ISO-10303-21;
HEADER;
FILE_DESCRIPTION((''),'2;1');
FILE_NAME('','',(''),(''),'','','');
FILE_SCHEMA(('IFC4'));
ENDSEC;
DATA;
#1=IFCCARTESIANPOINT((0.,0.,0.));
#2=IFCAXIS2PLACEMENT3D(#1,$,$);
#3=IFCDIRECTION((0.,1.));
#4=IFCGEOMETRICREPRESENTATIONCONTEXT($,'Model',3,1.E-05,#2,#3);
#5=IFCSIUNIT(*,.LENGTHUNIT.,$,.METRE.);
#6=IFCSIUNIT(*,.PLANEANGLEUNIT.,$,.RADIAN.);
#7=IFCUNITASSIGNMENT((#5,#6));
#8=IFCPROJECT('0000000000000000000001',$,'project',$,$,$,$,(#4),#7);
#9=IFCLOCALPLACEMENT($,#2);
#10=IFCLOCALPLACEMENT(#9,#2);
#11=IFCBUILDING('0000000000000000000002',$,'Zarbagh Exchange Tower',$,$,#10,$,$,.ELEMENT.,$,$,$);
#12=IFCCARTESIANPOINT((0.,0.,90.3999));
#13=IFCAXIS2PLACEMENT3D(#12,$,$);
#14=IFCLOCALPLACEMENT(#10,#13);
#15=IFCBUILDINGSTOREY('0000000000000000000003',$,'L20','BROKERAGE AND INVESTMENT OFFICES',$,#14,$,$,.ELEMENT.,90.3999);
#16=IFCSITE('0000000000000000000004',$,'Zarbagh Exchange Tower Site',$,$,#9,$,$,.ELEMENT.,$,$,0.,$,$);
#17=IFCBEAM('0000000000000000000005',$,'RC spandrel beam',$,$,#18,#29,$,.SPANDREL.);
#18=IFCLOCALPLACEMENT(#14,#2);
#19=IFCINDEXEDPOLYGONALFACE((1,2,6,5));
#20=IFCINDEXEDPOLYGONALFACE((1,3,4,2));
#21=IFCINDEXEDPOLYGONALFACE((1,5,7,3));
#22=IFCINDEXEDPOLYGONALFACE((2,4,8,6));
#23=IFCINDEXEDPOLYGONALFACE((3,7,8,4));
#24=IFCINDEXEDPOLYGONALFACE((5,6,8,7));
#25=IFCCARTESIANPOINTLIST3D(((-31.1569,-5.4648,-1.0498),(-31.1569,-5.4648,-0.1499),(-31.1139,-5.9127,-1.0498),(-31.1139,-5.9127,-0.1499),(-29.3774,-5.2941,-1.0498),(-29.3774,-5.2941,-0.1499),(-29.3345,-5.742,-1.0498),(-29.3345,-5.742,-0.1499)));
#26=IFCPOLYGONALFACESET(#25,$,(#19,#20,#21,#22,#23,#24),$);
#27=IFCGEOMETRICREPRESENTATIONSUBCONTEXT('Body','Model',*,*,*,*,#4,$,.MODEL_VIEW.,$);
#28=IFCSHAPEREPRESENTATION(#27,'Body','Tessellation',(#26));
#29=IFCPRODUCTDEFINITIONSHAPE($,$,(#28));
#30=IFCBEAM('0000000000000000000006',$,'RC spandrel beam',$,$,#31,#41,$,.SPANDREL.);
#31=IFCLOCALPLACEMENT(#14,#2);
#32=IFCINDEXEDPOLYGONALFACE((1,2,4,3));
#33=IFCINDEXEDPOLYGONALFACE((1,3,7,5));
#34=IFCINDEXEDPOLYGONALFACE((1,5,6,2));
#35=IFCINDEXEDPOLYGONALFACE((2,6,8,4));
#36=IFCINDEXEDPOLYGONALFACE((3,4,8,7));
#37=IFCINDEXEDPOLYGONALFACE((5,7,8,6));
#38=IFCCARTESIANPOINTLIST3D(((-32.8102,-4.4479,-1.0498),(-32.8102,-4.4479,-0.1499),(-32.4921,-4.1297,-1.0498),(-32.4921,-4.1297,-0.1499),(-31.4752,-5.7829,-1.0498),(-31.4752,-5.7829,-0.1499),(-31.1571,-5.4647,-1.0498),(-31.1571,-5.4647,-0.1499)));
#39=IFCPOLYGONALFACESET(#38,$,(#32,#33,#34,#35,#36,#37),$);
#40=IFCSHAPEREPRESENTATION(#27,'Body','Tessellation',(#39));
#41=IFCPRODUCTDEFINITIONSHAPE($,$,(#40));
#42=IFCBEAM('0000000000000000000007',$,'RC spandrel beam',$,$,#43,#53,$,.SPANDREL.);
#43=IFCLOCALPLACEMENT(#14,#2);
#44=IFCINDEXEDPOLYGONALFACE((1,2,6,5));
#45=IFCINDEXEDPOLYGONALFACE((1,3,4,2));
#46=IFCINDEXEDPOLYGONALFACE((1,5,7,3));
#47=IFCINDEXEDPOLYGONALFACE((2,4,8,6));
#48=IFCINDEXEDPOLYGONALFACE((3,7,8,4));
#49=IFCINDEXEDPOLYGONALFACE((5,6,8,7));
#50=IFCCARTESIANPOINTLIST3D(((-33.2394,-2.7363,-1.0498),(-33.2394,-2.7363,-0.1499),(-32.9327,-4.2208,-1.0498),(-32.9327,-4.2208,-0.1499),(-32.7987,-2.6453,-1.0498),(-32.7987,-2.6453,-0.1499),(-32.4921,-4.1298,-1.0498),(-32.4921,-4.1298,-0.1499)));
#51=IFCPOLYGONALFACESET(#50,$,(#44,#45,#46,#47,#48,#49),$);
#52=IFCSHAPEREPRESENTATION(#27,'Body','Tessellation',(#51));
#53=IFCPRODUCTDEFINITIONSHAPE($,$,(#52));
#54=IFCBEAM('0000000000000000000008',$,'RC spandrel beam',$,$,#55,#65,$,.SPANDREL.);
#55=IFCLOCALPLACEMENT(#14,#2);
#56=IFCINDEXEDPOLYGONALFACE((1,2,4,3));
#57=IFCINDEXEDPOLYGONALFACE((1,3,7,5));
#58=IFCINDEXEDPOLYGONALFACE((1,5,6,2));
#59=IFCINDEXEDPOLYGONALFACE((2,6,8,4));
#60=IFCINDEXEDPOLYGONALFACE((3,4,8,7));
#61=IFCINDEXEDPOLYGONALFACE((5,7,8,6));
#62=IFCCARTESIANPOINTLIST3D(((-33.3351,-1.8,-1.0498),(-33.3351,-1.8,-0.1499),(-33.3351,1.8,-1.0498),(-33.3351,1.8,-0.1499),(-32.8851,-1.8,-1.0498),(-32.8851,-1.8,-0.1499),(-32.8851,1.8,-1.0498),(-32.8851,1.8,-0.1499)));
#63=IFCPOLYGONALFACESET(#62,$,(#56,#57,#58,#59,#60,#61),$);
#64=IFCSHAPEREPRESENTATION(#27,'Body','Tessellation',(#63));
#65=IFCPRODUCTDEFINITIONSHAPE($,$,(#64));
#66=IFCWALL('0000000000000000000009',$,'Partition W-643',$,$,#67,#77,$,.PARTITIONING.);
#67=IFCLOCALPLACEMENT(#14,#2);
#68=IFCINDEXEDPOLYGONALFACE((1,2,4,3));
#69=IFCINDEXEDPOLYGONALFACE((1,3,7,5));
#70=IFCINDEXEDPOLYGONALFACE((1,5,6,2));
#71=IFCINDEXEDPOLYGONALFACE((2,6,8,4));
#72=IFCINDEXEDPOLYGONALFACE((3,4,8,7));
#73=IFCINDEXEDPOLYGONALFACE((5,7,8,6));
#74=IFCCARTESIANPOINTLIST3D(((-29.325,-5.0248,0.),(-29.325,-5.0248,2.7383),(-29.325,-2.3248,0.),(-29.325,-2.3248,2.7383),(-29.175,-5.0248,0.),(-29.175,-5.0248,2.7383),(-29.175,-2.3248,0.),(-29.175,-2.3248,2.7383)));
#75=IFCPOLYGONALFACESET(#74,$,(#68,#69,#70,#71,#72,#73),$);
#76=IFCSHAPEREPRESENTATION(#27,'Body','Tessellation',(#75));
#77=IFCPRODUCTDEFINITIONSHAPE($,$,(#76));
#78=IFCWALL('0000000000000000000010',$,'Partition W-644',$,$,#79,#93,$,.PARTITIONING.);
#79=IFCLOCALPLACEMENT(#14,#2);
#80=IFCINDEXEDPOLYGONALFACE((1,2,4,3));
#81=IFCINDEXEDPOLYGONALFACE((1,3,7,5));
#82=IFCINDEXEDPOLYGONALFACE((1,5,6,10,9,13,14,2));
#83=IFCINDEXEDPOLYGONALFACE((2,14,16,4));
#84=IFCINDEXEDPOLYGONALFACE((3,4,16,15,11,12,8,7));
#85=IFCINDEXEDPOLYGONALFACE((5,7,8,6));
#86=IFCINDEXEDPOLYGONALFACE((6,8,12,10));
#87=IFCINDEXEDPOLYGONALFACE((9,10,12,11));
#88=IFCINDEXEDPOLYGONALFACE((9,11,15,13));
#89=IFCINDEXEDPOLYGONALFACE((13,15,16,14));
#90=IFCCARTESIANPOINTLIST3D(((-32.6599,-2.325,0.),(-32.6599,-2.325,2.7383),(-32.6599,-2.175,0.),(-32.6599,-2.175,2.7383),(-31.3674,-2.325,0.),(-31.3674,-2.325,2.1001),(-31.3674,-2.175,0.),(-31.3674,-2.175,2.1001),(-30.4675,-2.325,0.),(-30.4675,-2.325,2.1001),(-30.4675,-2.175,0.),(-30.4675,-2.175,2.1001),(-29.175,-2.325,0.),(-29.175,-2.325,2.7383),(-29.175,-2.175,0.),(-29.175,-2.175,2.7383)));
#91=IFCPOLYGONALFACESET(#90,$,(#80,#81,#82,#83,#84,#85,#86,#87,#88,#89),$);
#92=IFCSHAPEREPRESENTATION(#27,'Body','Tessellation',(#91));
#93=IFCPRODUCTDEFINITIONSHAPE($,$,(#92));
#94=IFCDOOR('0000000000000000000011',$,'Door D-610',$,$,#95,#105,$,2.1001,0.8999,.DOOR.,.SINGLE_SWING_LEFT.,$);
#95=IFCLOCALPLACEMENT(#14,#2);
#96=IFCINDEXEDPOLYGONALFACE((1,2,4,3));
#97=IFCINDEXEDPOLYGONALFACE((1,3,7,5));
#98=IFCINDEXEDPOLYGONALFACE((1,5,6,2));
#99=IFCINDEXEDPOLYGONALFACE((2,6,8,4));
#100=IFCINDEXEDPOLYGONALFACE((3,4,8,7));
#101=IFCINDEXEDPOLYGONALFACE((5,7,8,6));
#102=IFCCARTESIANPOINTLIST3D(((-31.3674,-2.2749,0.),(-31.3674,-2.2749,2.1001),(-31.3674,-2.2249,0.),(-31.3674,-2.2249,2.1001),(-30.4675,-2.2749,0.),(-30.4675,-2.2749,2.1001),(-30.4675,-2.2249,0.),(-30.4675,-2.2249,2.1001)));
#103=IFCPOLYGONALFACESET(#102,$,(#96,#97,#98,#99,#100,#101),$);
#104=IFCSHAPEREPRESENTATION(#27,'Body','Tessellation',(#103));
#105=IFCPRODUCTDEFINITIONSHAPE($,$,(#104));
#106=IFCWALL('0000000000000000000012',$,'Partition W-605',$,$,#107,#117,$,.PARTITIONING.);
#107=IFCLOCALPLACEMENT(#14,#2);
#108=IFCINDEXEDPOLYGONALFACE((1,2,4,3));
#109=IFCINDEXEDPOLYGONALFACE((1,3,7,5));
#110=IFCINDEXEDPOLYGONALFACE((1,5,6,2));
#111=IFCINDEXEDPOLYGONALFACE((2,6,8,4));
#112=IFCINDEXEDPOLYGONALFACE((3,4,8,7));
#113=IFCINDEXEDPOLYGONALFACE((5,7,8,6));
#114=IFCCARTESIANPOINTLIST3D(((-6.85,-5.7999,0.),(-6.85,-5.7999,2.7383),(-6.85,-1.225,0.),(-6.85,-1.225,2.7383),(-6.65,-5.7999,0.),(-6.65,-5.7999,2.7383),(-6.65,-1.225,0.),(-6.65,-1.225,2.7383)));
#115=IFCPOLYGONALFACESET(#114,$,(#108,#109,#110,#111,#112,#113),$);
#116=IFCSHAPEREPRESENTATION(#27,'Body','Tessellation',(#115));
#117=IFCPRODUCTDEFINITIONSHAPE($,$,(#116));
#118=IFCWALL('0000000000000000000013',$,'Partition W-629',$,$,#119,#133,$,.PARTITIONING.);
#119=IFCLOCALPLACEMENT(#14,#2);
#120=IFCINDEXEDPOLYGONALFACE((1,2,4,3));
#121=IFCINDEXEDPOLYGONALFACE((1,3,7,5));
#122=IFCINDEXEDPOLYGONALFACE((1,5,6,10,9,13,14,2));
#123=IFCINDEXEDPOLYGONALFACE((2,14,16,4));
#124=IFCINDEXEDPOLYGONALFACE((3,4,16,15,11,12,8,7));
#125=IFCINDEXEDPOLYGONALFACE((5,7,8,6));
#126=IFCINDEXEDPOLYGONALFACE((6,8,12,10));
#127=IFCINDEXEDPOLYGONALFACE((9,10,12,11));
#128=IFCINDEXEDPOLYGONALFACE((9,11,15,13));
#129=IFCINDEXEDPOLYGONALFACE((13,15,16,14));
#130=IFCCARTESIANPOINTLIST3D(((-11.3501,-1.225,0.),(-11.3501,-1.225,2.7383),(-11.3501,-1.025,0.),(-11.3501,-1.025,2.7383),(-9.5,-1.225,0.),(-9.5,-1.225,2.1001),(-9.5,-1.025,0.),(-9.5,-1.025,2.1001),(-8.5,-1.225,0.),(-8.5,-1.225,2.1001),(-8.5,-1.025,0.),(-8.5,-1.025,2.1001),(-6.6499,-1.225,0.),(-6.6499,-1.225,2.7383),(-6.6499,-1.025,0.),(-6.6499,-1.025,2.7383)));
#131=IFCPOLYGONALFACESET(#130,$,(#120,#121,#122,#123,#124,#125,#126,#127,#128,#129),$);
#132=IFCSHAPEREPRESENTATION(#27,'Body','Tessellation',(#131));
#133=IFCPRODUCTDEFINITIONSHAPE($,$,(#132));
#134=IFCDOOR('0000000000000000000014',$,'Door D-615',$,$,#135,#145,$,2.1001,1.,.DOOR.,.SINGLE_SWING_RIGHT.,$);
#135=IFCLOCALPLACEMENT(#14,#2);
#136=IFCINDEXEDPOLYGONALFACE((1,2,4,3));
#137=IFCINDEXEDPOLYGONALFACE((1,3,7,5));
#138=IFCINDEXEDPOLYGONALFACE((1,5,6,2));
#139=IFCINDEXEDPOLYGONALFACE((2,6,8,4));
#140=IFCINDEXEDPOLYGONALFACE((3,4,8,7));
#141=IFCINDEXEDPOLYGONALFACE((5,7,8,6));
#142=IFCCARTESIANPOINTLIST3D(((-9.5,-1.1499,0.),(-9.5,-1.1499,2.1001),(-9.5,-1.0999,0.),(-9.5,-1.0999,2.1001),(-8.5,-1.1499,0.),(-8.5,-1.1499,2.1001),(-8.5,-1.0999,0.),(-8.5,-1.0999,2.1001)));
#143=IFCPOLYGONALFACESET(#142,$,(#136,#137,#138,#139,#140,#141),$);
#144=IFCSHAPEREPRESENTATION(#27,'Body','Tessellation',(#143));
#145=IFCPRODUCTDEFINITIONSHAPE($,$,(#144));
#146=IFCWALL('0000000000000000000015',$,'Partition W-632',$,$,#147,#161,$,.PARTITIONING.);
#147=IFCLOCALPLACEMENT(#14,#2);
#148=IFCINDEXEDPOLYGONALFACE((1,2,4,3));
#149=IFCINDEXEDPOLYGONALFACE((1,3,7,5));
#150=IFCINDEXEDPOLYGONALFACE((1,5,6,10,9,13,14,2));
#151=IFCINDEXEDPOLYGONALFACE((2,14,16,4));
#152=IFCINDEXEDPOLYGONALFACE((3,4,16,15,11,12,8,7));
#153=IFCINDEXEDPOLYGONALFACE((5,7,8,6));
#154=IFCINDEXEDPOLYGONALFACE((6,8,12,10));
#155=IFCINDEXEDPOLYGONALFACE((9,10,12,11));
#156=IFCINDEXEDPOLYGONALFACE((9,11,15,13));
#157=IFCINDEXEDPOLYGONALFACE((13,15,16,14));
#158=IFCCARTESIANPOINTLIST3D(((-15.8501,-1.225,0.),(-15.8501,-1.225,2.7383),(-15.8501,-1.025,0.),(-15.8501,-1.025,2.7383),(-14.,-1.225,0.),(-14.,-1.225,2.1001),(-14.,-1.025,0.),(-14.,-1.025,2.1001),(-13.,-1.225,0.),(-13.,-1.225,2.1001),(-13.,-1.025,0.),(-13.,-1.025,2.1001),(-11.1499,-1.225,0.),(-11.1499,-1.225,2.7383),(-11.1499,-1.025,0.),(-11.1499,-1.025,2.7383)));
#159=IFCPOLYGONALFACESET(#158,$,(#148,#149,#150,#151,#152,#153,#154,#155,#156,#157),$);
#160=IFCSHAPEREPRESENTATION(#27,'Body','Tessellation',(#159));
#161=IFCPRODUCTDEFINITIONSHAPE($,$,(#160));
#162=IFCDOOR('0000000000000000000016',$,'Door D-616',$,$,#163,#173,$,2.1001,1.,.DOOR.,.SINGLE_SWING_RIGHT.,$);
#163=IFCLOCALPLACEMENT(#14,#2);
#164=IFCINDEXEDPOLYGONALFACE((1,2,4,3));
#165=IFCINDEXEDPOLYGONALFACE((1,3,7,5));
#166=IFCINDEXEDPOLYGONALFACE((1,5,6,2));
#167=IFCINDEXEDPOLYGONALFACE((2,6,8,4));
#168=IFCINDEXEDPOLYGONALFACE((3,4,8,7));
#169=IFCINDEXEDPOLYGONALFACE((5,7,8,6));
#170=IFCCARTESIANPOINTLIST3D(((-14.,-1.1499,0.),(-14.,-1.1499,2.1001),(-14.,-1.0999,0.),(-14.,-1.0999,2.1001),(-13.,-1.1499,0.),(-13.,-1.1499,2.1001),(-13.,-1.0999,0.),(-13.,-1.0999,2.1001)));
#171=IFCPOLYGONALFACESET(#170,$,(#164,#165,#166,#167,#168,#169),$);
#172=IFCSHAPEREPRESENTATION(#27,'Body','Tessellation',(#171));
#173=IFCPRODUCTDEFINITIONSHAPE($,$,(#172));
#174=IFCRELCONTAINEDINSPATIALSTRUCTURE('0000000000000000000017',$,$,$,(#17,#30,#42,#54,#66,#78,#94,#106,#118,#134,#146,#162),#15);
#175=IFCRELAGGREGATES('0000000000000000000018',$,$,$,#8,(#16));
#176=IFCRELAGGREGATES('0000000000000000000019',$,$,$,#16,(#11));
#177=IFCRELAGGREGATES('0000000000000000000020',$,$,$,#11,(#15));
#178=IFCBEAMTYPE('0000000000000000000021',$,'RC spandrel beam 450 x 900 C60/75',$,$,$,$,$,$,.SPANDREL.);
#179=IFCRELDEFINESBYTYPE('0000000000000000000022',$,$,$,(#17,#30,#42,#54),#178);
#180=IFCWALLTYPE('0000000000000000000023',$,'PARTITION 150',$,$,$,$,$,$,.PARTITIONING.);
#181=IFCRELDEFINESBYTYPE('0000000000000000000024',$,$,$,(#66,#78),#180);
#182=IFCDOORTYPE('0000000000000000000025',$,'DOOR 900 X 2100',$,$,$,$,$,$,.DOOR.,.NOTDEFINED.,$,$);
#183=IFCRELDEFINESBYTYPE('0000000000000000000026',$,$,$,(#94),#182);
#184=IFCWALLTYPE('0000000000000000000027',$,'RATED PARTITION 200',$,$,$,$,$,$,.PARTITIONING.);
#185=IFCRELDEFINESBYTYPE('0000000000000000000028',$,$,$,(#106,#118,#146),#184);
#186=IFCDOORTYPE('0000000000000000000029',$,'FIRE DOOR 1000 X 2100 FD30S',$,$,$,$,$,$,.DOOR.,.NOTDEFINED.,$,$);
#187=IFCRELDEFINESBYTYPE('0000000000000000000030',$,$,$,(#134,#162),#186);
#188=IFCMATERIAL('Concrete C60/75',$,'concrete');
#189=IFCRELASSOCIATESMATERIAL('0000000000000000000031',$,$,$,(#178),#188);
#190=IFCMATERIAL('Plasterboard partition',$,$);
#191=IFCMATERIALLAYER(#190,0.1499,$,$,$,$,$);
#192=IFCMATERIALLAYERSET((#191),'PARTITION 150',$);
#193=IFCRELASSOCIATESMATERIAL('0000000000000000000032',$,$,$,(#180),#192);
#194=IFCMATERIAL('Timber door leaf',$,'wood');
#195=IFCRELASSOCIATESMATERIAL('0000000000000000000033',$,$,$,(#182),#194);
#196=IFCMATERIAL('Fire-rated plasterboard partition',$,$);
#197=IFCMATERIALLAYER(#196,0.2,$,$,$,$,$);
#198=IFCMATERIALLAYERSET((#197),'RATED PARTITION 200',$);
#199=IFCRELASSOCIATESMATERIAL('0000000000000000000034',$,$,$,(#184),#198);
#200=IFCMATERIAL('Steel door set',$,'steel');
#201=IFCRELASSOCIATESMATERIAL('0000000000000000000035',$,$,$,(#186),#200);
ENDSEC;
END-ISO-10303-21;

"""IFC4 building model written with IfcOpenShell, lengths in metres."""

from ifc_helpers import new_model, si_unit, direction, frame, frame_2d, origin, origin_2d, place, context, subcontext, project, spatial, rectangle, extrude, material, layer, layer_set, material_profile, profile_set, type_object, element, fill, save


model = new_model("IFC4")

# Units and contexts
model_context = context("Model", 3, precision=1e-05, world=origin(), true_north=direction((0.0, 1.0)))
body_context = subcontext(model_context, "Body", "Model", "MODEL_VIEW")
ifc_project = project(units=[si_unit("LENGTHUNIT", "METRE"), si_unit("PLANEANGLEUNIT", "RADIAN")], contexts=[model_context])

# Site, building, storey
site_placement = place(None, origin())
site = spatial("IfcSite", under=ifc_project, at=site_placement, Name="Zarbagh Exchange Tower Site", CompositionType="ELEMENT", RefElevation=0.0)
building_placement = place(site_placement, origin())
building = spatial("IfcBuilding", under=site, at=building_placement, Name="Zarbagh Exchange Tower", CompositionType="ELEMENT")
storey_placement = place(building_placement, frame((0.0, 0.0, 90.3999)))
storey = spatial("IfcBuildingStorey", under=building, at=storey_placement, Name="L20", Description="BROKERAGE AND INVESTMENT OFFICES", CompositionType="ELEMENT", Elevation=90.3999)

# Shared definitions
ifc_material_1 = material(Name="Concrete C60/75", Category="concrete")

# Beams
ifc_material_profile_1 = material_profile(ifc_material_1, rectangle(XDim=0.45, YDim=0.8999, at=origin_2d()), Name="RC spandrel beam 450 x 900 C60/75")
ifc_profile_set_1 = profile_set([ifc_material_profile_1], Name="Concrete C60/75")
beam_type_1 = type_object("IfcBeamType", Name="RC spandrel beam 450 x 900 C60/75", PredefinedType="SPANDREL", material=ifc_profile_set_1)
beam_1_placement = place(storey_placement, frame((-29.356, -5.5181, -0.5999), z_axis=(-0.995433, -0.09546, 0.0), x_axis=(0.09546, -0.995433, 0.0)))
element("IfcBeam", 1, at=beam_1_placement, inside=storey, type_object=beam_type_1, Name="RC spandrel beam", PredefinedType="SPANDREL", context=body_context, shape_type="SweptSolid", body=[
    extrude(rectangle(XDim=0.45, YDim=0.8999, at=origin_2d()), origin(), (0.0, 0.0, 1.0), 1.7876),
])
beam_2_placement = place(storey_placement, frame((-31.3162, -5.6238, -0.5999), z_axis=(-0.707107, 0.707107, 0.0), x_axis=(-0.707107, -0.707107, 0.0)))
element("IfcBeam", 2, at=beam_2_placement, inside=storey, type_object=beam_type_1, Name="RC spandrel beam", PredefinedType="SPANDREL", context=body_context, shape_type="SweptSolid", body=[
    extrude(rectangle(XDim=0.45, YDim=0.8999, at=origin_2d()), origin(), (0.0, 0.0, 1.0), 1.8879),
])
beam_3_placement = place(storey_placement, frame((-32.7124, -4.1753, -0.5999), z_axis=(-0.202275, 0.979329, 0.0), x_axis=(-0.979329, -0.202275, 0.0)))
element("IfcBeam", 3, at=beam_3_placement, inside=storey, type_object=beam_type_1, Name="RC spandrel beam", PredefinedType="SPANDREL", context=body_context, shape_type="SweptSolid", body=[
    extrude(rectangle(XDim=0.45, YDim=0.8999, at=origin_2d()), origin(), (0.0, 0.0, 1.0), 1.5159),
])
beam_4_placement = place(storey_placement, frame((-33.1101, -1.8, -0.5999), z_axis=(0.0, 1.0, 0.0), x_axis=(-1.0, 0.0, 0.0)))
element("IfcBeam", 4, at=beam_4_placement, inside=storey, type_object=beam_type_1, Name="RC spandrel beam", PredefinedType="SPANDREL", context=body_context, shape_type="SweptSolid", body=[
    extrude(rectangle(XDim=0.45, YDim=0.8999, at=origin_2d()), origin(), (0.0, 0.0, 1.0), 3.6001),
])

# Wall
ifc_material_2 = material(Name="Plasterboard partition")
ifc_layer_1 = layer(ifc_material_2, 0.1499)
ifc_layer_set_1 = layer_set([ifc_layer_1], Name="PARTITION 150")
wall_type_1 = type_object("IfcWallType", Name="PARTITION 150", PredefinedType="PARTITIONING", material=ifc_layer_set_1)
wall_1_placement = place(storey_placement, frame((-29.25, -5.0249, 0.0), z_axis=(0.0, 0.0, 1.0), x_axis=(0.0, 1.0, 0.0)))
element("IfcWall", 5, at=wall_1_placement, inside=storey, type_object=wall_type_1, Name="Partition W-643", PredefinedType="PARTITIONING", context=body_context, shape_type="SweptSolid", body=[
    extrude(rectangle(XDim=2.7, YDim=0.1499, at=frame_2d((1.3501, 0.0))), origin(), (0.0, 0.0, 1.0), 2.7383),
])

# Wall, opening, door
wall_2_placement = place(storey_placement, frame((-29.175, -2.25, 0.0), z_axis=(0.0, 0.0, 1.0), x_axis=(-1.0, 0.0, 0.0)))
wall_2 = element("IfcWall", 6, at=wall_2_placement, inside=storey, type_object=wall_type_1, Name="Partition W-644", PredefinedType="PARTITIONING", context=body_context, shape_type="SweptSolid", body=[
    extrude(rectangle(XDim=3.4849, YDim=0.1499, at=frame_2d((1.7424, 0.0))), origin(), (0.0, 0.0, 1.0), 2.7383),
])
opening_1_placement = place(wall_2_placement, frame((1.2925, 0.0, 0.0)))
opening_1 = element("IfcOpeningElement", 7, at=opening_1_placement, cuts=wall_2, PredefinedType="OPENING", context=body_context, shape_type="SweptSolid", body=[
    extrude(rectangle(XDim=0.8999, YDim=2.1001, at=frame_2d((0.45, 1.05))), frame((0.0, 0.085, 0.0), z_axis=(0.0, -1.0, 0.0), x_axis=(1.0, 0.0, 0.0)), (0.0, 0.0, 1.0), 0.1699),
])
ifc_material_3 = material(Name="Timber door leaf", Category="wood")
door_type_1 = type_object("IfcDoorType", Name="DOOR 900 X 2100", OperationType="NOTDEFINED", PredefinedType="DOOR", material=ifc_material_3)
door_1_placement = place(opening_1_placement, origin())
door_1 = element("IfcDoor", 8, at=door_1_placement, inside=storey, type_object=door_type_1, Name="Door D-610", OperationType="SINGLE_SWING_LEFT", OverallHeight=2.1001, OverallWidth=0.8999, PredefinedType="DOOR", context=body_context, shape_type="SweptSolid", body=[
    extrude(rectangle(XDim=0.8999, YDim=2.1001, at=frame_2d((0.45, 1.05))), frame((0.0, 0.0249, 0.0), z_axis=(0.0, -1.0, 0.0), x_axis=(1.0, 0.0, 0.0)), (0.0, 0.0, 1.0), 0.05),
])
fill(opening_1, door_1)

# Wall
ifc_material_4 = material(Name="Fire-rated plasterboard partition")
ifc_layer_2 = layer(ifc_material_4, 0.2)
ifc_layer_set_2 = layer_set([ifc_layer_2], Name="RATED PARTITION 200")
wall_type_2 = type_object("IfcWallType", Name="RATED PARTITION 200", PredefinedType="PARTITIONING", material=ifc_layer_set_2)
wall_3_placement = place(storey_placement, frame((-6.75, -5.8, 0.0), z_axis=(0.0, 0.0, 1.0), x_axis=(0.0, 1.0, 0.0)))
element("IfcWall", 9, at=wall_3_placement, inside=storey, type_object=wall_type_2, Name="Partition W-605", PredefinedType="PARTITIONING", context=body_context, shape_type="SweptSolid", body=[
    extrude(rectangle(XDim=4.575, YDim=0.2, at=frame_2d((2.2876, 0.0))), origin(), (0.0, 0.0, 1.0), 2.7383),
])

# Walls, openings, doors
wall_4_placement = place(storey_placement, frame((-6.6499, -1.125, 0.0), z_axis=(0.0, 0.0, 1.0), x_axis=(-1.0, 0.0, 0.0)))
wall_4 = element("IfcWall", 10, at=wall_4_placement, inside=storey, type_object=wall_type_2, Name="Partition W-629", PredefinedType="PARTITIONING", context=body_context, shape_type="SweptSolid", body=[
    extrude(rectangle(XDim=4.7002, YDim=0.2, at=frame_2d((2.3501, 0.0))), origin(), (0.0, 0.0, 1.0), 2.7383),
])
opening_2_placement = place(wall_4_placement, frame((1.8501, 0.0, 0.0)))
opening_2 = element("IfcOpeningElement", 11, at=opening_2_placement, cuts=wall_4, PredefinedType="OPENING", context=body_context, shape_type="SweptSolid", body=[
    extrude(rectangle(XDim=1.0, YDim=2.1001, at=frame_2d((0.5, 1.05))), frame((0.0, 0.1099, 0.0), z_axis=(0.0, -1.0, 0.0), x_axis=(1.0, 0.0, 0.0)), (0.0, 0.0, 1.0), 0.22),
])
ifc_material_5 = material(Name="Steel door set", Category="steel")
door_type_2 = type_object("IfcDoorType", Name="FIRE DOOR 1000 X 2100 FD30S", OperationType="NOTDEFINED", PredefinedType="DOOR", material=ifc_material_5)
door_2_placement = place(opening_2_placement, origin())
door_2 = element("IfcDoor", 12, at=door_2_placement, inside=storey, type_object=door_type_2, Name="Door D-615", OperationType="SINGLE_SWING_RIGHT", OverallHeight=2.1001, OverallWidth=1.0, PredefinedType="DOOR", context=body_context, shape_type="SweptSolid", body=[
    extrude(rectangle(XDim=1.0, YDim=2.1001, at=frame_2d((0.5, 1.05))), frame((0.0, 0.0249, 0.0), z_axis=(0.0, -1.0, 0.0), x_axis=(1.0, 0.0, 0.0)), (0.0, 0.0, 1.0), 0.05),
])
fill(opening_2, door_2)
wall_5_placement = place(storey_placement, frame((-11.1499, -1.125, 0.0), z_axis=(0.0, 0.0, 1.0), x_axis=(-1.0, 0.0, 0.0)))
wall_5 = element("IfcWall", 13, at=wall_5_placement, inside=storey, type_object=wall_type_2, Name="Partition W-632", PredefinedType="PARTITIONING", context=body_context, shape_type="SweptSolid", body=[
    extrude(rectangle(XDim=4.7002, YDim=0.2, at=frame_2d((2.3501, 0.0))), origin(), (0.0, 0.0, 1.0), 2.7383),
])
opening_3_placement = place(wall_5_placement, frame((1.8501, 0.0, 0.0)))
opening_3 = element("IfcOpeningElement", 14, at=opening_3_placement, cuts=wall_5, PredefinedType="OPENING", context=body_context, shape_type="SweptSolid", body=[
    extrude(rectangle(XDim=1.0, YDim=2.1001, at=frame_2d((0.5, 1.05))), frame((0.0, 0.1099, 0.0), z_axis=(0.0, -1.0, 0.0), x_axis=(1.0, 0.0, 0.0)), (0.0, 0.0, 1.0), 0.22),
])
door_3_placement = place(opening_3_placement, origin())
door_3 = element("IfcDoor", 15, at=door_3_placement, inside=storey, type_object=door_type_2, Name="Door D-616", OperationType="SINGLE_SWING_RIGHT", OverallHeight=2.1001, OverallWidth=1.0, PredefinedType="DOOR", context=body_context, shape_type="SweptSolid", body=[
    extrude(rectangle(XDim=1.0, YDim=2.1001, at=frame_2d((0.5, 1.05))), frame((0.0, 0.0249, 0.0), z_axis=(0.0, -1.0, 0.0), x_axis=(1.0, 0.0, 0.0)), (0.0, 0.0, 1.0), 0.05),
])
fill(opening_3, door_3)

save(model, "model.ifc")
